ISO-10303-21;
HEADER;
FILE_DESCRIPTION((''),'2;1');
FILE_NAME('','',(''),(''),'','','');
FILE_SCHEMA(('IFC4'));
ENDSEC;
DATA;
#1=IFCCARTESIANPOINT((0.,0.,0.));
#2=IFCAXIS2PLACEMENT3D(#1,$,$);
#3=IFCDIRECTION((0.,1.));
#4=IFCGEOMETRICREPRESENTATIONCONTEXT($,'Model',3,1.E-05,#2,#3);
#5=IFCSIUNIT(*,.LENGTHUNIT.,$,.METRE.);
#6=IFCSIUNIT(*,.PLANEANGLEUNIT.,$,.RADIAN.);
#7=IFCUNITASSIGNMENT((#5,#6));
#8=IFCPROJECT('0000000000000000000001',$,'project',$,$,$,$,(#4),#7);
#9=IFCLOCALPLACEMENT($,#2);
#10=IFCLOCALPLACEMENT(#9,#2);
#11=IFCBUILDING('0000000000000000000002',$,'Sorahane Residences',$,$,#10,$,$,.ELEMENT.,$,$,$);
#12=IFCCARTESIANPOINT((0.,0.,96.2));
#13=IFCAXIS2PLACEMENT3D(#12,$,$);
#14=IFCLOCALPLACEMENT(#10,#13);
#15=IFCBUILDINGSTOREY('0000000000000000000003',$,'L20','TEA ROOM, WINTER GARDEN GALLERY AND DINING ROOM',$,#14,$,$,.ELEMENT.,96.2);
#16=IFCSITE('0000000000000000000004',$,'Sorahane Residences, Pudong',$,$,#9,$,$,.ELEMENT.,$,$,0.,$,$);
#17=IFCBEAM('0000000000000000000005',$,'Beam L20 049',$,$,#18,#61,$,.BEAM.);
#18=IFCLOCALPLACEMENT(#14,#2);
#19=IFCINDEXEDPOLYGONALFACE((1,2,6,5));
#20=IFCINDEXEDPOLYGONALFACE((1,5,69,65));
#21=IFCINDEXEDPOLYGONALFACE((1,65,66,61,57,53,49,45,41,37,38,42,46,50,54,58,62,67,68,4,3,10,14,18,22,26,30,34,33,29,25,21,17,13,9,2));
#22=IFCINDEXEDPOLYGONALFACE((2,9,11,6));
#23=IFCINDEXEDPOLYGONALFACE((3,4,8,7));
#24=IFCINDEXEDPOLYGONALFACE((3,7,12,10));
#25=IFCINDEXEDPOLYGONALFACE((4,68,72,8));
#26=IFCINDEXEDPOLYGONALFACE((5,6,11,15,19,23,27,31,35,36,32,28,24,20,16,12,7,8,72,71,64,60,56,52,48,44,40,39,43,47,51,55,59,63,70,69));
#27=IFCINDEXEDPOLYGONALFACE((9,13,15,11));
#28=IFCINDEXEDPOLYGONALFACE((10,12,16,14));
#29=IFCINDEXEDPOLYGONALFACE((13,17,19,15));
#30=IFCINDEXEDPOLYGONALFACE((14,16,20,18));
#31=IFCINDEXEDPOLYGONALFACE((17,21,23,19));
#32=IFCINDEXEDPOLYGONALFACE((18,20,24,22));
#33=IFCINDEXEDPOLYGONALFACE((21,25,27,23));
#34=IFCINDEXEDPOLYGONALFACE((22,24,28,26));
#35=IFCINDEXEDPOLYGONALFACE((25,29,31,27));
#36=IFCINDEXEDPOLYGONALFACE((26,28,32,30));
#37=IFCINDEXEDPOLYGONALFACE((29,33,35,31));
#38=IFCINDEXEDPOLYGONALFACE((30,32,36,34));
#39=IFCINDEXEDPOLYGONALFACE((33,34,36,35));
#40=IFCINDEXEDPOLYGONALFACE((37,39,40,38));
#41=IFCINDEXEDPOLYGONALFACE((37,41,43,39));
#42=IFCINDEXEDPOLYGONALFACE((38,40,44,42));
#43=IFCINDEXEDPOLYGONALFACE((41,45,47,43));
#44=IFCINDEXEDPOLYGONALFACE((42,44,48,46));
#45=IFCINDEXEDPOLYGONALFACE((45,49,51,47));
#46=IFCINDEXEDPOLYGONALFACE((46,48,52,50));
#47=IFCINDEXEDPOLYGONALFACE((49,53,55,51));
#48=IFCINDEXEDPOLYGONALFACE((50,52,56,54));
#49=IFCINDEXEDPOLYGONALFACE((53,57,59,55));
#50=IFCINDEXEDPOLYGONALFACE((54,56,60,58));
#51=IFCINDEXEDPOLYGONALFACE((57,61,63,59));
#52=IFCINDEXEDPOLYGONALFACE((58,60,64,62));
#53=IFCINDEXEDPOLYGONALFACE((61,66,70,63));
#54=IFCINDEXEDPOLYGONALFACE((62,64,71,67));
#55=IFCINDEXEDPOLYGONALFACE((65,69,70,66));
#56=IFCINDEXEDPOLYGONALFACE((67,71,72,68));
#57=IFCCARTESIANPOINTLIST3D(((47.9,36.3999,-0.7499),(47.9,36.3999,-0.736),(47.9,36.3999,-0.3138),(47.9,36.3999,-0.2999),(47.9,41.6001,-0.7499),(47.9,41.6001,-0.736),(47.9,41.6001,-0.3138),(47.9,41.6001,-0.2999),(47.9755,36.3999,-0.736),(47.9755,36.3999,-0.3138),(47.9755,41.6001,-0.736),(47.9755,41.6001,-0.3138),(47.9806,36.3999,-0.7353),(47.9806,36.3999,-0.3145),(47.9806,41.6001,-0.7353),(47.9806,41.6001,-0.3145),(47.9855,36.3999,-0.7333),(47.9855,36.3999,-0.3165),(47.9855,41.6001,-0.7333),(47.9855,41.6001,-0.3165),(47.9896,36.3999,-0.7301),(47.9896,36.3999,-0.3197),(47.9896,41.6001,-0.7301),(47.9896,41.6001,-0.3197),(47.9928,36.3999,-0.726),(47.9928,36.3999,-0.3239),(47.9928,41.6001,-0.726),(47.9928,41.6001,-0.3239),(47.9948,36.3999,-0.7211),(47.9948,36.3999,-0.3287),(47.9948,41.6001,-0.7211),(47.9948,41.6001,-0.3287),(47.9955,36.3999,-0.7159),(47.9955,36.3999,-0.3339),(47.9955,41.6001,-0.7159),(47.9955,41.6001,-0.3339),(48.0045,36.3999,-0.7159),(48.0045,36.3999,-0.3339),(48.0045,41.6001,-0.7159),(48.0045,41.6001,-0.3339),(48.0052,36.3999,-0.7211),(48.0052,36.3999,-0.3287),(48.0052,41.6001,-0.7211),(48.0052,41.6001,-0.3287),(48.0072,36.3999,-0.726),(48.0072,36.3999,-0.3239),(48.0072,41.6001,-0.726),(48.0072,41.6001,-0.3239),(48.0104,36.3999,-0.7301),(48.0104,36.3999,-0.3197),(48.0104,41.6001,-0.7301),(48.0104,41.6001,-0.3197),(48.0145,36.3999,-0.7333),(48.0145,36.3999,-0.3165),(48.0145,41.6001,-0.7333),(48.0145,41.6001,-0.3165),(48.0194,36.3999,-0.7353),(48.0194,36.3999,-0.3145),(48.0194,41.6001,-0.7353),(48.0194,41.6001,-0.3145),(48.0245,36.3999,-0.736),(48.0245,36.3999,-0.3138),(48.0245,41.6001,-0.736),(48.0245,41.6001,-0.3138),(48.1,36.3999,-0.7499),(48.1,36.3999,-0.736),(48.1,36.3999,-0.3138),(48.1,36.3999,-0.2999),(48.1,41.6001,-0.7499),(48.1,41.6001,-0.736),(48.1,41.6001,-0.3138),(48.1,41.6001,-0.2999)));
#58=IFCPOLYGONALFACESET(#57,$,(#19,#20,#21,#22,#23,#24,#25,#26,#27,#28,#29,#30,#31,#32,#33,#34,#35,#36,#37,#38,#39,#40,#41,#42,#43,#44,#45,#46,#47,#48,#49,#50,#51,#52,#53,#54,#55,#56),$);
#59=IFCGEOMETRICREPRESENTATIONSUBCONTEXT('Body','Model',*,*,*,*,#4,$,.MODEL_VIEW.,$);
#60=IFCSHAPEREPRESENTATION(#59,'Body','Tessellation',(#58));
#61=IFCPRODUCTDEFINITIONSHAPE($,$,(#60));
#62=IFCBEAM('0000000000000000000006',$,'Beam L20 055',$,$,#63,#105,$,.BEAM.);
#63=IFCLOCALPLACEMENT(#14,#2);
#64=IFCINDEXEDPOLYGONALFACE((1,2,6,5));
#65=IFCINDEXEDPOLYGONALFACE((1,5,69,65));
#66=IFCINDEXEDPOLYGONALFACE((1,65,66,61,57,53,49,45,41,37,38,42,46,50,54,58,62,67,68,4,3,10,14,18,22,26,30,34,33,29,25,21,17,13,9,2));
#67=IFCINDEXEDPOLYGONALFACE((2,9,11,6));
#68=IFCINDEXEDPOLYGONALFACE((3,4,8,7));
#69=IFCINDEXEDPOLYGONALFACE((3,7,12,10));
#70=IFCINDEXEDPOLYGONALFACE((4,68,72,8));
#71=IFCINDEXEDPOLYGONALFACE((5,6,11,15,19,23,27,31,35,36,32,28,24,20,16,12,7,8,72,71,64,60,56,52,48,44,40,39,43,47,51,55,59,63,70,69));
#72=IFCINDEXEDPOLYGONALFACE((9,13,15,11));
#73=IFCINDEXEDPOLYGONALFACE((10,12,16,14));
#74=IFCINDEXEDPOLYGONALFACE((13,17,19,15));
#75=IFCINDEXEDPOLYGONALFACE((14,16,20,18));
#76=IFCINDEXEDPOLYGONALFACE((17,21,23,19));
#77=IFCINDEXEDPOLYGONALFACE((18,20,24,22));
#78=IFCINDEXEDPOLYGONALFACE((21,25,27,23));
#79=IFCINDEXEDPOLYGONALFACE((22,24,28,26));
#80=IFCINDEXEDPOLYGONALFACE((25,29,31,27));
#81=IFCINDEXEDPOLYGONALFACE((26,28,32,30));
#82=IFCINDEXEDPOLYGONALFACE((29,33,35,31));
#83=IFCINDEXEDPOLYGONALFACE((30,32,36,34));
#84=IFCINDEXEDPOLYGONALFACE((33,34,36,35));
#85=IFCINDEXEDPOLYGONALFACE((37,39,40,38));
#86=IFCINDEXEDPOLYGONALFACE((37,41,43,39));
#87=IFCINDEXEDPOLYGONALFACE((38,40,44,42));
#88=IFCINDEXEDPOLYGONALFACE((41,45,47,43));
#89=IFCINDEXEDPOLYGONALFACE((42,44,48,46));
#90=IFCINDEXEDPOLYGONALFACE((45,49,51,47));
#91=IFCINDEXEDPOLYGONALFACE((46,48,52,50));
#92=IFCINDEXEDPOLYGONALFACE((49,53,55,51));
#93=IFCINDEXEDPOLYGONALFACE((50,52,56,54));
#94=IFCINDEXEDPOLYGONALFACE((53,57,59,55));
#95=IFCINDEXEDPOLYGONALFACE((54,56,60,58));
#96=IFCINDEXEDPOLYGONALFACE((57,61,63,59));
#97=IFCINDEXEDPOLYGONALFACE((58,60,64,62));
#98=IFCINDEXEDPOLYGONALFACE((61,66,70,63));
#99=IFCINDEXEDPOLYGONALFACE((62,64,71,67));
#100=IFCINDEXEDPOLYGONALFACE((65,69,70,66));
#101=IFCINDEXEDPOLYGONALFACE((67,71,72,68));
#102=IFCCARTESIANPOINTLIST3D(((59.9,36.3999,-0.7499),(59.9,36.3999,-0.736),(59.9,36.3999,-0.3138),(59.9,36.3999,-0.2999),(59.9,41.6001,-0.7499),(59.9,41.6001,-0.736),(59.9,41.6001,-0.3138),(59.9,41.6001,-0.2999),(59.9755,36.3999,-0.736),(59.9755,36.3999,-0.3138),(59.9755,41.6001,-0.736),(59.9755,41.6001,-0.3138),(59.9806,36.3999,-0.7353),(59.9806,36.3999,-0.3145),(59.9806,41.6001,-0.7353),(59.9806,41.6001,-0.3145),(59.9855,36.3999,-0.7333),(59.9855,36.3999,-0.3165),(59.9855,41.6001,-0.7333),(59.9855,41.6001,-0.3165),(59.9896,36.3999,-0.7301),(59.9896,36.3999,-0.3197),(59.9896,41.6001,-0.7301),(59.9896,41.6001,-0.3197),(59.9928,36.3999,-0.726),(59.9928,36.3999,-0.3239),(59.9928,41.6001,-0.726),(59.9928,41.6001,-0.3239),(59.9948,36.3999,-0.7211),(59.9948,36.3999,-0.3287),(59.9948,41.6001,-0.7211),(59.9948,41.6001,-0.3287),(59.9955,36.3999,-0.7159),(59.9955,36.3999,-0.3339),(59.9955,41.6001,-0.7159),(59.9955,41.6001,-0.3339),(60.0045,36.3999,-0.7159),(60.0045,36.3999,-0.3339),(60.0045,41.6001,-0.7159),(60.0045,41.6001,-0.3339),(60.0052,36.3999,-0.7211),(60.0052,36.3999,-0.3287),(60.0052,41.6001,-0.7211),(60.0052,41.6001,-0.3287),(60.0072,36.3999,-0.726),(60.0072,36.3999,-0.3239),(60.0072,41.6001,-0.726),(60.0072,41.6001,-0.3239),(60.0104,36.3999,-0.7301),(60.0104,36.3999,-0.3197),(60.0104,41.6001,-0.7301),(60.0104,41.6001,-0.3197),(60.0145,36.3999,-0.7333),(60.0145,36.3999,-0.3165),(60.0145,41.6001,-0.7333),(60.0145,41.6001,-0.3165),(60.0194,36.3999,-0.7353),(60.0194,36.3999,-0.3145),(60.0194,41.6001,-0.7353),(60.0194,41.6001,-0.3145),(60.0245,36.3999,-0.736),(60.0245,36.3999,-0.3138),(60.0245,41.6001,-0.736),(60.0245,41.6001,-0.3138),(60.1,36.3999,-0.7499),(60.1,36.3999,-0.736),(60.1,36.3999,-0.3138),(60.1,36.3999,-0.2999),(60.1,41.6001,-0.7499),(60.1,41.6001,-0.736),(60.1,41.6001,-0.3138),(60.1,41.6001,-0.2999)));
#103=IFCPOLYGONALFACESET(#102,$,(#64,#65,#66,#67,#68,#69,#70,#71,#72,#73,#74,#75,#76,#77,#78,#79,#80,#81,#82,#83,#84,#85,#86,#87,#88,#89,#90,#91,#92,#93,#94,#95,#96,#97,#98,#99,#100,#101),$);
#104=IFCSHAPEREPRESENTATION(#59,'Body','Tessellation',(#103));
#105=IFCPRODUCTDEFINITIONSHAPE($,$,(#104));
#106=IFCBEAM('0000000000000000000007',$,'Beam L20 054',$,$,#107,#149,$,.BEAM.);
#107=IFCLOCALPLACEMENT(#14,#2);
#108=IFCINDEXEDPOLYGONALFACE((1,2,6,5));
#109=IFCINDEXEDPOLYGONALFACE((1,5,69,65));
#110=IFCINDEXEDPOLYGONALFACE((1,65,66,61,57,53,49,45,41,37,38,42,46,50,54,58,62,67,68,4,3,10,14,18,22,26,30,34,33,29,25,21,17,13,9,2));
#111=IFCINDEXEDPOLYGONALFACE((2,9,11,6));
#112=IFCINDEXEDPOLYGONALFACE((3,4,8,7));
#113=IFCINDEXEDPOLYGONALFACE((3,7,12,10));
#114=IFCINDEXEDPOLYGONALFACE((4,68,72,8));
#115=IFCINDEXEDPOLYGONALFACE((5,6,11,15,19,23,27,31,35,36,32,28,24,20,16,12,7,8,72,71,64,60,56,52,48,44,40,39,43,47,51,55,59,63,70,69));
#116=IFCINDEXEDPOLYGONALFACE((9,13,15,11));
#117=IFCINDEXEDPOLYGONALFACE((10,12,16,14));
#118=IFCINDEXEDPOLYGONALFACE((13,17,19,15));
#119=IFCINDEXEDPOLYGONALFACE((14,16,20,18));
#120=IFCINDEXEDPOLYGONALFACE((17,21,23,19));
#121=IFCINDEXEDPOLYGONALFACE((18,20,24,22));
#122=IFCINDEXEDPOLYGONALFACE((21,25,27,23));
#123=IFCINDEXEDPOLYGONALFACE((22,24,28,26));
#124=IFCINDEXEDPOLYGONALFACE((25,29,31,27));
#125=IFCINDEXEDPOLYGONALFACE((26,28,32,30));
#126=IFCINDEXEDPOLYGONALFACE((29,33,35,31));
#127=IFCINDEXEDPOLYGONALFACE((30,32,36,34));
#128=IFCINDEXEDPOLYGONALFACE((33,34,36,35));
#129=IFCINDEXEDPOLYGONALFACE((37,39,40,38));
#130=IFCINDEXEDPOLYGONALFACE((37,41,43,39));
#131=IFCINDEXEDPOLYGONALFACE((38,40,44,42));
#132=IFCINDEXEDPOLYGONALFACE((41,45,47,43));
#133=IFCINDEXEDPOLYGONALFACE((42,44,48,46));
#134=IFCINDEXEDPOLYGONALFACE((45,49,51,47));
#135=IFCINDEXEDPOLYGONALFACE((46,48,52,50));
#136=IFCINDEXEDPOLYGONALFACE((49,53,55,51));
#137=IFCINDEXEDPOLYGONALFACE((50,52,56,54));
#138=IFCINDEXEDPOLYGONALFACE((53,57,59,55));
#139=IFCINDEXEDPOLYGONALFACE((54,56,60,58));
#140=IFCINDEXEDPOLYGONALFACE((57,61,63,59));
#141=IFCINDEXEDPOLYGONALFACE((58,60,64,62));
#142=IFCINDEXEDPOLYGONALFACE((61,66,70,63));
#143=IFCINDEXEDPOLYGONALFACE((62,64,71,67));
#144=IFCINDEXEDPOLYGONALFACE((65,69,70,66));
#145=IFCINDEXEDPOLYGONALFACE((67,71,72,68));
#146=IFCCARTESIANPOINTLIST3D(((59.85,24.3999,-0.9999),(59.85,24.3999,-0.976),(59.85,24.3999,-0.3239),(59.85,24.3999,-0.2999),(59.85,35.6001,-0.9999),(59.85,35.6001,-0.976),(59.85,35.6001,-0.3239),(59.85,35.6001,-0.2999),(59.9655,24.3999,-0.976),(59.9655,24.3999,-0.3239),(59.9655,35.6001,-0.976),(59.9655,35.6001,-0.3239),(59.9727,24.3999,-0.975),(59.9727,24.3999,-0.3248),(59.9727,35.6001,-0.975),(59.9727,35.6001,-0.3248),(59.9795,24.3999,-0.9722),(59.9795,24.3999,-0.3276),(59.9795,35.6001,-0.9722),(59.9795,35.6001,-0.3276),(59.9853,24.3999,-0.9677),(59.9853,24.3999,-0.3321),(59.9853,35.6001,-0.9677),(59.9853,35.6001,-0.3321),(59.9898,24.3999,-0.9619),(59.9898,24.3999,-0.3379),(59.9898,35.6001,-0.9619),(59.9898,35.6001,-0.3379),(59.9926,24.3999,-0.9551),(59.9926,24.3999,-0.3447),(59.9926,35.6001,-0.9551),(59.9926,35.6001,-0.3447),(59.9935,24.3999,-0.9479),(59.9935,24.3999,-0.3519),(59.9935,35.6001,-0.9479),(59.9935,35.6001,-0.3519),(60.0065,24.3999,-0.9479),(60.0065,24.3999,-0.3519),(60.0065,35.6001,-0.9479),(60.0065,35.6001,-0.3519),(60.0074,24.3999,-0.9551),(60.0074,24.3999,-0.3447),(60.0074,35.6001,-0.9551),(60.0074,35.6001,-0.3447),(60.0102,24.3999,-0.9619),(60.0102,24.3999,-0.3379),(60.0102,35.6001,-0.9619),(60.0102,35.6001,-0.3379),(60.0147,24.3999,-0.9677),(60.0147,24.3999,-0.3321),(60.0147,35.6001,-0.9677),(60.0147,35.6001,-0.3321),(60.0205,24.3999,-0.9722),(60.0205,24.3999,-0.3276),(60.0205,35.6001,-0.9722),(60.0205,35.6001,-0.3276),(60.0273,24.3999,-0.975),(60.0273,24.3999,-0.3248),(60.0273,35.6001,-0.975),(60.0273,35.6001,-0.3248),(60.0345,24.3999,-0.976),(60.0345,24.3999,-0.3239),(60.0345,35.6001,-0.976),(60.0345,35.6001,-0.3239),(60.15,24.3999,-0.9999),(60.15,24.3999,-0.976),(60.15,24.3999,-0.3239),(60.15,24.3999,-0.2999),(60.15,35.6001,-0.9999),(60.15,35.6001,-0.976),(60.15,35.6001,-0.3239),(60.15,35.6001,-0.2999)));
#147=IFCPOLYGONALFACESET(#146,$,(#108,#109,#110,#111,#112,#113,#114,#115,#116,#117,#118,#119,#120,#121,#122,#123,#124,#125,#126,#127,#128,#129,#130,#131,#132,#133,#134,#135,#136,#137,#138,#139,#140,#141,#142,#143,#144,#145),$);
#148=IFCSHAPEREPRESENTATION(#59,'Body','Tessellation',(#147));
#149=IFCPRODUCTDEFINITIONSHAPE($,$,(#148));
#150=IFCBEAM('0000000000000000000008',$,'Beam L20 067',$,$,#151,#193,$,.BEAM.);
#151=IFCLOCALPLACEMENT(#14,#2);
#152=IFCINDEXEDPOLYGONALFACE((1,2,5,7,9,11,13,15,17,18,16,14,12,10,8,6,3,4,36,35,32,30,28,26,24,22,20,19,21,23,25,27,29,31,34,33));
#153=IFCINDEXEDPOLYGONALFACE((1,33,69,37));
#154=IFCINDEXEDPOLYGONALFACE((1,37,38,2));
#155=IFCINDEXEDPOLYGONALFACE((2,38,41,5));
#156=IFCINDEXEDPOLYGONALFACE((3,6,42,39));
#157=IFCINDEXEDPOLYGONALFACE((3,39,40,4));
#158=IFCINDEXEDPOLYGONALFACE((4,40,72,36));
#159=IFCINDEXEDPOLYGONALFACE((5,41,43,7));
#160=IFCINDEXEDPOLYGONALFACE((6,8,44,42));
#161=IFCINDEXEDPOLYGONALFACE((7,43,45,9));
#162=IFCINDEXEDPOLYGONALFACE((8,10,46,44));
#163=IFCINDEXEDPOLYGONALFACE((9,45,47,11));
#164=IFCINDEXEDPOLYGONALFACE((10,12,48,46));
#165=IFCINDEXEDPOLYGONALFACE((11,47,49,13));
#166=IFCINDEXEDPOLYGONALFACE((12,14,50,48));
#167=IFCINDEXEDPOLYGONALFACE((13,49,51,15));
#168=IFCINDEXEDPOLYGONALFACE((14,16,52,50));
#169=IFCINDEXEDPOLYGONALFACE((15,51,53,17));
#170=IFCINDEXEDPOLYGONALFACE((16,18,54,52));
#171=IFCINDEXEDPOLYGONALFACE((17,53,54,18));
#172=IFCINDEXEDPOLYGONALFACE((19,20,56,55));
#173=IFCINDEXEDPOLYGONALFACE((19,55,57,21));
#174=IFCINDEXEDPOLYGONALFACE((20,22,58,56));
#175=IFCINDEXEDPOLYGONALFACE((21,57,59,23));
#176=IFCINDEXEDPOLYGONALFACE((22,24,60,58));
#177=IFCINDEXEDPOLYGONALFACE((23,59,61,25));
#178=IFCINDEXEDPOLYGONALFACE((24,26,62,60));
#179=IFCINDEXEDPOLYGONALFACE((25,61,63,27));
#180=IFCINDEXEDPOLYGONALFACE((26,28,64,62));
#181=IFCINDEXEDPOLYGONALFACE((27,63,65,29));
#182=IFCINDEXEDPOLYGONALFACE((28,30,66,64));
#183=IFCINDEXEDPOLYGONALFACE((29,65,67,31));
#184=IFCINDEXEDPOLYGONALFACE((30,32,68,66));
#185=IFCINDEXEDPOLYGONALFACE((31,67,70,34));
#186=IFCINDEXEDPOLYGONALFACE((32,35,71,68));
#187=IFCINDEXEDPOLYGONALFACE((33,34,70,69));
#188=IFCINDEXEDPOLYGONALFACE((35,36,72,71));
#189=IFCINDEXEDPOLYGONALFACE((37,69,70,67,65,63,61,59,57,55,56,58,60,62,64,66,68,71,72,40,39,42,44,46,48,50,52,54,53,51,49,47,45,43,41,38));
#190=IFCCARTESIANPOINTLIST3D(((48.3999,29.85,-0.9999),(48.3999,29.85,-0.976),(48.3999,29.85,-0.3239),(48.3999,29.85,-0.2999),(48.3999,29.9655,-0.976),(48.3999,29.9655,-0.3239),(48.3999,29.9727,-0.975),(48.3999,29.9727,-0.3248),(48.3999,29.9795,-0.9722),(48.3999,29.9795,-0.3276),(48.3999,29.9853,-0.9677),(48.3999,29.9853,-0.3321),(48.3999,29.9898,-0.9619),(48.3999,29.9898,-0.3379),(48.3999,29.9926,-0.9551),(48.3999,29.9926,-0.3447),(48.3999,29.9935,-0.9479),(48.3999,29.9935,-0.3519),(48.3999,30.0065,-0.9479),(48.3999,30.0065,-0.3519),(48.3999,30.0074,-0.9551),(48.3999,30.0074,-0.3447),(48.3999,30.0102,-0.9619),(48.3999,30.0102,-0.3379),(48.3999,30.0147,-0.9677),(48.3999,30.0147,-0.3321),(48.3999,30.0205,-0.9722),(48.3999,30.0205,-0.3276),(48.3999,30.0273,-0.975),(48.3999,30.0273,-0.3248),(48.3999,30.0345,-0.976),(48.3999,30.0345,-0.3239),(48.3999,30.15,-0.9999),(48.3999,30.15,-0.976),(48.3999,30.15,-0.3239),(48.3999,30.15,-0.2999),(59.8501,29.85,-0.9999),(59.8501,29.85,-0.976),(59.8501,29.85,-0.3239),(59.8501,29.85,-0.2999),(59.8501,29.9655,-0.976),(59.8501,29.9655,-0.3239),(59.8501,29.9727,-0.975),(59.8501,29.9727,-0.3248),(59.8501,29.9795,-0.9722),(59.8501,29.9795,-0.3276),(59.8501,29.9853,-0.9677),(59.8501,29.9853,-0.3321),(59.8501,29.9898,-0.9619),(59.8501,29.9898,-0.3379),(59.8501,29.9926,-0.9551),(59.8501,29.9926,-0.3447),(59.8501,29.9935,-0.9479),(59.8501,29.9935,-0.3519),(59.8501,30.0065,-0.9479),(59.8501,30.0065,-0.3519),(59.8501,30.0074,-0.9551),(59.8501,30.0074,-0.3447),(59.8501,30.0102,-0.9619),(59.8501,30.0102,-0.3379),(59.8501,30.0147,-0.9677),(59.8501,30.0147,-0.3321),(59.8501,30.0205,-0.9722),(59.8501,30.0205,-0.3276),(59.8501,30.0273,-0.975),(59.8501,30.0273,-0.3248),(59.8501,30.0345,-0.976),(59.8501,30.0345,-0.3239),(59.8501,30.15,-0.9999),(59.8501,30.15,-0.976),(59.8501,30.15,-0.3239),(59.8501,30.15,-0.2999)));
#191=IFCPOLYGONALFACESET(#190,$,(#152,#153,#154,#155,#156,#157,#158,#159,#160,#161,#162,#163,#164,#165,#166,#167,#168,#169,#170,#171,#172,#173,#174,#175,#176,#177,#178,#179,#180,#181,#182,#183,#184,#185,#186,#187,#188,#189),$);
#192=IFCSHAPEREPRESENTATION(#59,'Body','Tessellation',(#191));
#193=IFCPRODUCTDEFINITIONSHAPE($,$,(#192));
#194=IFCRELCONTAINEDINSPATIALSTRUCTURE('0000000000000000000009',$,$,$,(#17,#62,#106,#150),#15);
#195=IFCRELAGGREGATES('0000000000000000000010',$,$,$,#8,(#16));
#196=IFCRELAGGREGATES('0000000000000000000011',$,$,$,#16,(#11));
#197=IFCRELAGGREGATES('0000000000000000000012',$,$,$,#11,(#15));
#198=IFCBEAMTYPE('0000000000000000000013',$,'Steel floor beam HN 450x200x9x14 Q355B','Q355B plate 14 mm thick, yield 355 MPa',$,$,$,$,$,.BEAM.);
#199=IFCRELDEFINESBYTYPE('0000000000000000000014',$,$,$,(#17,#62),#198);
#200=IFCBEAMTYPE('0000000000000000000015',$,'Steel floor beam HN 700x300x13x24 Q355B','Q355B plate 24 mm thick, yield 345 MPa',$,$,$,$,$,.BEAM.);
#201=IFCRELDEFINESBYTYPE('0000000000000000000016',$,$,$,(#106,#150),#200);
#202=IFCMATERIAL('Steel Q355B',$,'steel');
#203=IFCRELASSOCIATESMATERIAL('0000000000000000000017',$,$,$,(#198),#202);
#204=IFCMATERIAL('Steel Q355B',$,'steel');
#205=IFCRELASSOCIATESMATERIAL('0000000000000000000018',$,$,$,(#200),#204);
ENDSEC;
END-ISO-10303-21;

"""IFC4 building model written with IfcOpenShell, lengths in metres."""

from ifc_helpers import new_model, si_unit, direction, frame, origin, origin_2d, place, context, subcontext, project, spatial, i_section, extrude, material, material_profile, profile_set, type_object, element, save


model = new_model("IFC4")

# Units and contexts
model_context = context("Model", 3, precision=1e-05, world=origin(), true_north=direction((0.0, 1.0)))
body_context = subcontext(model_context, "Body", "Model", "MODEL_VIEW")
ifc_project = project(units=[si_unit("LENGTHUNIT", "METRE"), si_unit("PLANEANGLEUNIT", "RADIAN")], contexts=[model_context])

# Site, building, storey
site_placement = place(None, origin())
site = spatial("IfcSite", under=ifc_project, at=site_placement, Name="Sorahane Residences, Pudong", CompositionType="ELEMENT", RefElevation=0.0)
building_placement = place(site_placement, origin())
building = spatial("IfcBuilding", under=site, at=building_placement, Name="Sorahane Residences", CompositionType="ELEMENT")
storey_placement = place(building_placement, frame((0.0, 0.0, 96.2)))
storey = spatial("IfcBuildingStorey", under=building, at=storey_placement, Name="L20", Description="TEA ROOM, WINTER GARDEN GALLERY AND DINING ROOM", CompositionType="ELEMENT", Elevation=96.2)

# Beams
ifc_material_1 = material(Name="Steel Q355B", Category="steel")
ifc_material_profile_1 = material_profile(ifc_material_1, i_section(OverallWidth=0.2, OverallDepth=0.45, WebThickness=0.009, FlangeThickness=0.0139, FilletRadius=0.02, at=origin_2d()), Name="HN 450x200x9x14")
ifc_profile_set_1 = profile_set([ifc_material_profile_1], Name="Steel Q355B")
beam_type_1 = type_object("IfcBeamType", Name="Steel floor beam HN 450x200x9x14 Q355B", Description="Q355B plate 14 mm thick, yield 355 MPa", PredefinedType="BEAM", material=ifc_profile_set_1)
for number, where, z_axis, x_axis, name in (
    (1, (48.0, 36.3999, -0.5249), (0.0, 1.0, 0.0), (-1.0, 0.0, 0.0), "Beam L20 049"),
    (2, (60.0, 36.3999, -0.5249), (0.0, 1.0, 0.0), (-1.0, 0.0, 0.0), "Beam L20 055"),
):
    element("IfcBeam", number, at=place(storey_placement, frame(where, z_axis=z_axis, x_axis=x_axis)), inside=storey, type_object=beam_type_1, Name=name, PredefinedType="BEAM", context=body_context, shape_type="SweptSolid", body=[
        extrude(i_section(OverallWidth=0.2, OverallDepth=0.45, WebThickness=0.009, FlangeThickness=0.0139, FilletRadius=0.02, at=origin_2d()), origin(), (0.0, 0.0, 1.0), 5.2002),
    ])
ifc_material_2 = material(Name="Steel Q355B", Category="steel")
ifc_material_profile_2 = material_profile(ifc_material_2, i_section(OverallWidth=0.3, OverallDepth=0.7, WebThickness=0.0129, FlangeThickness=0.0239, FilletRadius=0.0281, at=origin_2d()), Name="HN 700x300x13x24")
ifc_profile_set_2 = profile_set([ifc_material_profile_2], Name="Steel Q355B")
beam_type_2 = type_object("IfcBeamType", Name="Steel floor beam HN 700x300x13x24 Q355B", Description="Q355B plate 24 mm thick, yield 345 MPa", PredefinedType="BEAM", material=ifc_profile_set_2)
beam_1_placement = place(storey_placement, frame((60.0, 24.3999, -0.6499), z_axis=(0.0, 1.0, 0.0), x_axis=(-1.0, 0.0, 0.0)))
element("IfcBeam", 3, at=beam_1_placement, inside=storey, type_object=beam_type_2, Name="Beam L20 054", PredefinedType="BEAM", context=body_context, shape_type="SweptSolid", body=[
    extrude(i_section(OverallWidth=0.3, OverallDepth=0.7, WebThickness=0.0129, FlangeThickness=0.0239, FilletRadius=0.0281, at=origin_2d()), origin(), (0.0, 0.0, 1.0), 11.2002),
])
beam_2_placement = place(storey_placement, frame((48.3999, 30.0, -0.6499), z_axis=(1.0, 0.0, 0.0), x_axis=(0.0, 1.0, 0.0)))
element("IfcBeam", 4, at=beam_2_placement, inside=storey, type_object=beam_type_2, Name="Beam L20 067", PredefinedType="BEAM", context=body_context, shape_type="SweptSolid", body=[
    extrude(i_section(OverallWidth=0.3, OverallDepth=0.7, WebThickness=0.0129, FlangeThickness=0.0239, FilletRadius=0.0281, at=origin_2d()), origin(), (0.0, 0.0, 1.0), 11.4502),
])

save(model, "model.ifc")
